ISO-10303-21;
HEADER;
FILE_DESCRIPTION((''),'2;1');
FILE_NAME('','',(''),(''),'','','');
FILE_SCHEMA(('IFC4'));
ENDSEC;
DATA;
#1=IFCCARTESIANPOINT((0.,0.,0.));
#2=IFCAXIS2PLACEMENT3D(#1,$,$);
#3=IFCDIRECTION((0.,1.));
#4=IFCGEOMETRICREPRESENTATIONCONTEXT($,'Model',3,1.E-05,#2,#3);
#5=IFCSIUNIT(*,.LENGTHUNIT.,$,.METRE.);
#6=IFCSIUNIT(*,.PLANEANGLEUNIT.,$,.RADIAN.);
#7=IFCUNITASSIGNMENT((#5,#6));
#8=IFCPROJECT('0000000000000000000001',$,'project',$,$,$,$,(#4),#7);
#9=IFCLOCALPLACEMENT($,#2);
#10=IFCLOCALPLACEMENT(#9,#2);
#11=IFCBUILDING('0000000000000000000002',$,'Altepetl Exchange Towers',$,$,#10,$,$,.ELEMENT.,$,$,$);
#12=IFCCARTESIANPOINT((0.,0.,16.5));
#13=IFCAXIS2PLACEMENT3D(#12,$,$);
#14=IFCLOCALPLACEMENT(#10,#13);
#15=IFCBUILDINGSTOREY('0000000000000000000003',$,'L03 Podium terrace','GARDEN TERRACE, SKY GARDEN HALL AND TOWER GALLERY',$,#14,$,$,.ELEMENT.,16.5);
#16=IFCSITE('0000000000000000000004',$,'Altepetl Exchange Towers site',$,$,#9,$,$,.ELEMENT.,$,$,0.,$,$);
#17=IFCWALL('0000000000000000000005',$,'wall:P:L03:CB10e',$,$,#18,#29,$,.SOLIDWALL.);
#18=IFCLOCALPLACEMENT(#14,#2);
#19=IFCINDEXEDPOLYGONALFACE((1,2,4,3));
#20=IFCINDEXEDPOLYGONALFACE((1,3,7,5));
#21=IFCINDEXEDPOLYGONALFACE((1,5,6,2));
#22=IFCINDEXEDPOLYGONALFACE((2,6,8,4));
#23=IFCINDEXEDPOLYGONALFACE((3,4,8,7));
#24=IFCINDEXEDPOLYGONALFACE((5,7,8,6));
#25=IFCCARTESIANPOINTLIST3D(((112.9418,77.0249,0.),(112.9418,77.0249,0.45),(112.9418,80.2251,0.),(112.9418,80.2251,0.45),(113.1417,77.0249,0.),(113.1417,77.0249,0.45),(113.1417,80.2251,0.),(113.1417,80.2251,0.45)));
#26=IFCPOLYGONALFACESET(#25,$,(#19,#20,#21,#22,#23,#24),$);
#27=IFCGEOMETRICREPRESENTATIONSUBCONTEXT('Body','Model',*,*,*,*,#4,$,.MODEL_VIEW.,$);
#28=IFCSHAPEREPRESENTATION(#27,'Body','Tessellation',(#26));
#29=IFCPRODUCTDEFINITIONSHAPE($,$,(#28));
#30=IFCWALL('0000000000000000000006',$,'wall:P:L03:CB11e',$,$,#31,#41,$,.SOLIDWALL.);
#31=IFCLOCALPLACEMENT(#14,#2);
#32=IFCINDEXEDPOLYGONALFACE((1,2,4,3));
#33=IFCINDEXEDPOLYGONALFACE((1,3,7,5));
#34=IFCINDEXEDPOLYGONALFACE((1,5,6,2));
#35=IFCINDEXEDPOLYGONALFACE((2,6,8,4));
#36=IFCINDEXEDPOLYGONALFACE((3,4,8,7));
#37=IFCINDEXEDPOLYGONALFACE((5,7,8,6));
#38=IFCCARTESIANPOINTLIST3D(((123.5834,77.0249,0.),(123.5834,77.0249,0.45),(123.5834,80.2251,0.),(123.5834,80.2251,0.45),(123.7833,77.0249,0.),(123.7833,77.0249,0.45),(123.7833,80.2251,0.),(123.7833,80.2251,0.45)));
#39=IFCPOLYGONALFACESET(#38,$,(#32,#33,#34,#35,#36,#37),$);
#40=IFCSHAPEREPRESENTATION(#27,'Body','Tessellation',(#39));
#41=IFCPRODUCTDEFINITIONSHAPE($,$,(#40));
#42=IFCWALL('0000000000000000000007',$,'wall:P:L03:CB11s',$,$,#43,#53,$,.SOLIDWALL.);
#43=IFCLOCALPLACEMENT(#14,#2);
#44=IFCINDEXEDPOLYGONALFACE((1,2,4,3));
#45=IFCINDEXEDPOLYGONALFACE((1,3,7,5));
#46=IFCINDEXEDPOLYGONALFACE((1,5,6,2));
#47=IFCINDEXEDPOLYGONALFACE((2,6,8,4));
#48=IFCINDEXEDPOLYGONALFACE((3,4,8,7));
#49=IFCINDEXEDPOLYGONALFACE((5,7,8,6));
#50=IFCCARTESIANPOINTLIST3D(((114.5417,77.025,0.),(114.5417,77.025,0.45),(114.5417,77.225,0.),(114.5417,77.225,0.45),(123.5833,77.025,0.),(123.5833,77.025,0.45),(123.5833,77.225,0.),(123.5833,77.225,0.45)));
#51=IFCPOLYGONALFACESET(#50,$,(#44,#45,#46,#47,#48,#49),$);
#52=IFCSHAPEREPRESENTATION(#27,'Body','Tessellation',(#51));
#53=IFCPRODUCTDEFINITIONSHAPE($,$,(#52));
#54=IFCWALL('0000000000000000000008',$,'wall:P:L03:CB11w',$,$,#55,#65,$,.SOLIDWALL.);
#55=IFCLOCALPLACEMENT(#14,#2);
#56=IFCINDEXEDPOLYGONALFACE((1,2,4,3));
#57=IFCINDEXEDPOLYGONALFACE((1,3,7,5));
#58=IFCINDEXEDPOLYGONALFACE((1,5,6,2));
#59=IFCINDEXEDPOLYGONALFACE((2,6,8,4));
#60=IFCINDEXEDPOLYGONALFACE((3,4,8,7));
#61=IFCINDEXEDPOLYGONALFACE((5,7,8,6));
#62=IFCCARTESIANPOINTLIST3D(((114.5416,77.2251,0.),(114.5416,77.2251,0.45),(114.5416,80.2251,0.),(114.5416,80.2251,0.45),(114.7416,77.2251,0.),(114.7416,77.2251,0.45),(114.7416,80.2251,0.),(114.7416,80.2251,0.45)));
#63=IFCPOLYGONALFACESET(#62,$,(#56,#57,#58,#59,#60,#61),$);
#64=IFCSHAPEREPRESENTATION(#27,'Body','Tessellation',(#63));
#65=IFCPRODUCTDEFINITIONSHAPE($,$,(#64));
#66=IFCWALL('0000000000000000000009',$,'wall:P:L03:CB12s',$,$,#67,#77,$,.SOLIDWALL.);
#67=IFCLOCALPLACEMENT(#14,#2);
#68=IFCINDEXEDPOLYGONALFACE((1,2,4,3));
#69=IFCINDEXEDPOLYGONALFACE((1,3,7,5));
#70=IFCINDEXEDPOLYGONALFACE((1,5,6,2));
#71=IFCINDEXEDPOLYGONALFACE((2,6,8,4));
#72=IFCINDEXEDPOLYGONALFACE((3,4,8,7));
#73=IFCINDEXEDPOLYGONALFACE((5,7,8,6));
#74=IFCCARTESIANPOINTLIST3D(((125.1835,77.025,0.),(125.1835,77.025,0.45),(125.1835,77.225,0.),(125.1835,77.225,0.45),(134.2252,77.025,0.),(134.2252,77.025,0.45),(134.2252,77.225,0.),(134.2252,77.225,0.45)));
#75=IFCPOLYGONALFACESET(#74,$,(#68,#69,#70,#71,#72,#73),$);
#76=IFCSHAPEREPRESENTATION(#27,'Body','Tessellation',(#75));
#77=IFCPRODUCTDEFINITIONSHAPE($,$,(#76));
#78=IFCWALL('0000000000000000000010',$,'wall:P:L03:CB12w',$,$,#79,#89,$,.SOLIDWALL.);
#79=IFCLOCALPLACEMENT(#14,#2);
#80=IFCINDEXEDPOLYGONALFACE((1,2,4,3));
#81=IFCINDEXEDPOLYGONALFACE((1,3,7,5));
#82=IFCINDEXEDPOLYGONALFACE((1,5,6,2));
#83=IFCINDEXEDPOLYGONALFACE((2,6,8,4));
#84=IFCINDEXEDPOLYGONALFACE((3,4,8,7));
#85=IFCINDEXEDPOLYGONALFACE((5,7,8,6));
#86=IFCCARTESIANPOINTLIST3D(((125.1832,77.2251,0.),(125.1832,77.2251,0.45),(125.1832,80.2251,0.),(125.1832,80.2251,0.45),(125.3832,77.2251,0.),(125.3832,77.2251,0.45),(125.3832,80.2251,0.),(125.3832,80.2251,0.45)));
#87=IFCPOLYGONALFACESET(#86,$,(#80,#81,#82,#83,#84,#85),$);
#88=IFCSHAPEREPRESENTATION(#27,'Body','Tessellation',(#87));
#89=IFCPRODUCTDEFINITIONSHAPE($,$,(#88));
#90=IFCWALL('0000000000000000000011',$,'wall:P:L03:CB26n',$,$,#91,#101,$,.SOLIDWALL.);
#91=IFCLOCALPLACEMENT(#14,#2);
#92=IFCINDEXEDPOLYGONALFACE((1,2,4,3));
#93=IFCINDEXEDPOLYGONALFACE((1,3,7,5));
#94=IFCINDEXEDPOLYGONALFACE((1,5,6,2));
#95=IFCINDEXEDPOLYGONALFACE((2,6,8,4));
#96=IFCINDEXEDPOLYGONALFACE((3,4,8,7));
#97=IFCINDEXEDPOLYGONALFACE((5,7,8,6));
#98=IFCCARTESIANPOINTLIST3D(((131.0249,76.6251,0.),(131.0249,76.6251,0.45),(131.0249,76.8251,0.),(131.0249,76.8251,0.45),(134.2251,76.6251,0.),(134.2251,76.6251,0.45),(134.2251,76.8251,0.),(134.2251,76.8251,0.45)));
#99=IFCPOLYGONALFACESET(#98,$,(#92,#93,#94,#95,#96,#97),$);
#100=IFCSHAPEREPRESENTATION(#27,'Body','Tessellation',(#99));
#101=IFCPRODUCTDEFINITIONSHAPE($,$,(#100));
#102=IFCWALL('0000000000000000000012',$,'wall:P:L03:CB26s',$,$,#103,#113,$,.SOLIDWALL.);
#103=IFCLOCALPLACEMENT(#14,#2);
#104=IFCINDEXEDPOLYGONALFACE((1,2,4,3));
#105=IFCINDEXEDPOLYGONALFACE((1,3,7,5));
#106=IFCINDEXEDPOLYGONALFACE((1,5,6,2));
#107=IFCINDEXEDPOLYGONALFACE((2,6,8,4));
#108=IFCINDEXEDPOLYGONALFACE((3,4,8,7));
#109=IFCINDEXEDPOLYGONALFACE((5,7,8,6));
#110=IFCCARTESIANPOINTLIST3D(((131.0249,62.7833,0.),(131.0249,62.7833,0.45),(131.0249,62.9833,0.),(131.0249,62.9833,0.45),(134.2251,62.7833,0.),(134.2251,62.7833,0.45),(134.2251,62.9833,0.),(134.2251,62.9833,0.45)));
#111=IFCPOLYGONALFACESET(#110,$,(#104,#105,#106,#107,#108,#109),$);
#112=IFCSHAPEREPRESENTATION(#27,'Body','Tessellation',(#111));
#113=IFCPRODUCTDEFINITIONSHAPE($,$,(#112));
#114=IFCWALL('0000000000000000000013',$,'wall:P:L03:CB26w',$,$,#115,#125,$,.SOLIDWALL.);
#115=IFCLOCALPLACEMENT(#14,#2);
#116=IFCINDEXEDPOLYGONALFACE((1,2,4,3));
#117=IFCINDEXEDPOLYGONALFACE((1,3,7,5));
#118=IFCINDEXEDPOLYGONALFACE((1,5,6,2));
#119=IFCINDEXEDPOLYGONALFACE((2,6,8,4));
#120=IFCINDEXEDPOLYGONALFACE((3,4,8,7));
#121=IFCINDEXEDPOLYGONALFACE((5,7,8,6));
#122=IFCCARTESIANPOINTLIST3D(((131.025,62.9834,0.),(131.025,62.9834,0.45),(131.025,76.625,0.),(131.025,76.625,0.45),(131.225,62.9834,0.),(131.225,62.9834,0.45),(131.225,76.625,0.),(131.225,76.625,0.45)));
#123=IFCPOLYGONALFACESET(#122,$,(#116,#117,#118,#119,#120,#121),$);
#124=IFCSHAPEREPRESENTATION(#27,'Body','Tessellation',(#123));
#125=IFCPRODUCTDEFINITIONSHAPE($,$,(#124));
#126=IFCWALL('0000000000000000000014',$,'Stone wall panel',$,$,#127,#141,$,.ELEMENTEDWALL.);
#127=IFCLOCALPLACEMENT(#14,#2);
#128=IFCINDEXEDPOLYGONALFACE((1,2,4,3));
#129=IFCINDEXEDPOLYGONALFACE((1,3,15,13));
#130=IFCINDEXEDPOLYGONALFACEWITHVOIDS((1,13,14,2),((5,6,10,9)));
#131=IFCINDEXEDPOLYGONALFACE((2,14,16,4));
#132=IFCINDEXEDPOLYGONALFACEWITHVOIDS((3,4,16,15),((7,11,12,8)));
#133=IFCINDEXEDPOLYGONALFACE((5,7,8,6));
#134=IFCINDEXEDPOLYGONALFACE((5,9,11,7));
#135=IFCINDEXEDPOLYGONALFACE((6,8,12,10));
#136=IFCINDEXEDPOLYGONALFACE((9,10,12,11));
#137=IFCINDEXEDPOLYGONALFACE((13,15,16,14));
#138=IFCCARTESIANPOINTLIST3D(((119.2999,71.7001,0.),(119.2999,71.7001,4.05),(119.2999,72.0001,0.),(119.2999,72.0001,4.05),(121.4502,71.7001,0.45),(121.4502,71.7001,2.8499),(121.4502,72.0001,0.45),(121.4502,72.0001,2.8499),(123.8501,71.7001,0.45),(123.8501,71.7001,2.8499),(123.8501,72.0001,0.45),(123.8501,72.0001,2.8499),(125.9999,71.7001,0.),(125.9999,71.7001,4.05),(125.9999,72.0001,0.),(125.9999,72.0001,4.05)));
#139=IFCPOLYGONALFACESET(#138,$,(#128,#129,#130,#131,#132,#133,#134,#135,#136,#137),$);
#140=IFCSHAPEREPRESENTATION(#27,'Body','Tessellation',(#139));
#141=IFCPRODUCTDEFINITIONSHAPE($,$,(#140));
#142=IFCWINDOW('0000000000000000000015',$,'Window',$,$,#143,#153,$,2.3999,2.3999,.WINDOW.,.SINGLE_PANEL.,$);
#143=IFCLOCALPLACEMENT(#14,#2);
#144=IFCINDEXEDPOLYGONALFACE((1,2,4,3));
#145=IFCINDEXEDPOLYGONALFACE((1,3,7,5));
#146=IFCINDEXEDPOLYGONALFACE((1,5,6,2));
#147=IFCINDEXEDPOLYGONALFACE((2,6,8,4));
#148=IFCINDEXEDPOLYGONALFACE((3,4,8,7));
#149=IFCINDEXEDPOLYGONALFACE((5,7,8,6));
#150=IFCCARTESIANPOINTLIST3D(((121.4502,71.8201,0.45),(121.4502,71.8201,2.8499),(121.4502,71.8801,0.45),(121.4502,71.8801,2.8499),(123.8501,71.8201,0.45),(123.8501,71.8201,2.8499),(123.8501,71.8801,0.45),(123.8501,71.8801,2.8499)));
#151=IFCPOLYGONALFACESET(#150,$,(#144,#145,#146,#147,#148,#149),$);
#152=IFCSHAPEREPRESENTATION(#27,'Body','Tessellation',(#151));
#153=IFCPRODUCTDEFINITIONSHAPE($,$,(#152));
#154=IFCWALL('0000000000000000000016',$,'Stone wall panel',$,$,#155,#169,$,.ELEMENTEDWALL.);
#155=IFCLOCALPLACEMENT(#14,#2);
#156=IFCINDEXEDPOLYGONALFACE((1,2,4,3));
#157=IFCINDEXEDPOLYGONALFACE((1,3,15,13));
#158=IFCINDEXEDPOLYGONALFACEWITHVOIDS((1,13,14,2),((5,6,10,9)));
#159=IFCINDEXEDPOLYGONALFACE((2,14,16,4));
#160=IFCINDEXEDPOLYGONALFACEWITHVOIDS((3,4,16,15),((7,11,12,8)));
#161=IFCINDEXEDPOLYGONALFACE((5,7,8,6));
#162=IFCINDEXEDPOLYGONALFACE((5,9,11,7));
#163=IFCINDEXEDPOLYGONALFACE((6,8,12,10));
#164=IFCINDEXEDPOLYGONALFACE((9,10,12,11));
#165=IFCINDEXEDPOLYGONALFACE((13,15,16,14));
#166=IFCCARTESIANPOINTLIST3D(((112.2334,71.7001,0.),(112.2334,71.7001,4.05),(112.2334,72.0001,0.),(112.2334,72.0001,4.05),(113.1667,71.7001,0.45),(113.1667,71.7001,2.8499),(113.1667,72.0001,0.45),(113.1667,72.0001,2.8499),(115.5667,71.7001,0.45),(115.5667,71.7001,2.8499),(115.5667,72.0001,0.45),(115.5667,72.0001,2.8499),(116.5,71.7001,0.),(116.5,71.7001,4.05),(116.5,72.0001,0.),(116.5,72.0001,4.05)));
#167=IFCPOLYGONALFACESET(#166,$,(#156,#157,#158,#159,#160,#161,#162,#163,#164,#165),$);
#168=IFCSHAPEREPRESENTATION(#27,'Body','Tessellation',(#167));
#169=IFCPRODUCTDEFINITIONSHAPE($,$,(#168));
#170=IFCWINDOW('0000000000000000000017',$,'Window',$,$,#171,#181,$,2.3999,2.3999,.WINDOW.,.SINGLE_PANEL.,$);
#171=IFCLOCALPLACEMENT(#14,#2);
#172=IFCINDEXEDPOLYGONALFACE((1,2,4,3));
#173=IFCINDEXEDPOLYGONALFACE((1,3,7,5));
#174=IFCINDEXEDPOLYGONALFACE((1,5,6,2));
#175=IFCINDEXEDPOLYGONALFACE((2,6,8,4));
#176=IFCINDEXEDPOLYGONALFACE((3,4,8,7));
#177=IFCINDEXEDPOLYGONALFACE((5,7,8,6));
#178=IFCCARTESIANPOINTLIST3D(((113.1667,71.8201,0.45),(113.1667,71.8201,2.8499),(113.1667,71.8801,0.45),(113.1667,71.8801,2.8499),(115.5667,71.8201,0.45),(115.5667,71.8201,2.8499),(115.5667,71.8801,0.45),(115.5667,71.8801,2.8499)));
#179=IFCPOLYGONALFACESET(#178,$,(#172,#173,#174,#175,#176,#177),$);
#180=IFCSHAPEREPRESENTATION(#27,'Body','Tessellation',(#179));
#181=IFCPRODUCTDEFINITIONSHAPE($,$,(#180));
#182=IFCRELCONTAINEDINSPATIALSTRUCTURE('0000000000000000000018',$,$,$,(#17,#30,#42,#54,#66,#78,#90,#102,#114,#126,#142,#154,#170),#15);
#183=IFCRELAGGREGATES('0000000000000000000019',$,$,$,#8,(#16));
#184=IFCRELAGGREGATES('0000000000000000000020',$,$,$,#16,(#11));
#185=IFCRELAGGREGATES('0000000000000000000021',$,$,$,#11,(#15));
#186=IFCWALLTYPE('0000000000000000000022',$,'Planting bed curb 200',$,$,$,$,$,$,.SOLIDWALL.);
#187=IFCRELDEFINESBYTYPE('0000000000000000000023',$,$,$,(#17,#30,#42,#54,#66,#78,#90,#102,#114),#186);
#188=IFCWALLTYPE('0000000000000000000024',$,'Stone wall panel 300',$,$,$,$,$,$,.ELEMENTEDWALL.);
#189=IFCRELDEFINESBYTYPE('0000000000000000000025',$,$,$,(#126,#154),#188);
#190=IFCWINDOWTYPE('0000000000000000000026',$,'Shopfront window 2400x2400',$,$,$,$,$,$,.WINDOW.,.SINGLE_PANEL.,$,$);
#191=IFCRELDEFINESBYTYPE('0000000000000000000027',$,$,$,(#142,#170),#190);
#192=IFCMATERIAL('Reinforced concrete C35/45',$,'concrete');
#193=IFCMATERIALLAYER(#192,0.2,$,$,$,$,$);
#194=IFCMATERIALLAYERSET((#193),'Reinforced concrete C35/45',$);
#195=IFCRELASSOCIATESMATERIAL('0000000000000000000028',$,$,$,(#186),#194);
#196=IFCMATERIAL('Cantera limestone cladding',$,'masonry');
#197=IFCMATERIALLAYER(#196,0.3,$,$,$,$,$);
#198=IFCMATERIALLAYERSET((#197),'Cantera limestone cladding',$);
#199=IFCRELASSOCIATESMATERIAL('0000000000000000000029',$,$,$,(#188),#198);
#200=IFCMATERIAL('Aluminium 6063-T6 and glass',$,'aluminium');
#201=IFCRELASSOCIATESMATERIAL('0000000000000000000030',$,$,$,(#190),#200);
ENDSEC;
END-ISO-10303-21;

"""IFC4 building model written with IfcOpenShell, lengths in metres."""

from ifc_helpers import new_model, si_unit, direction, frame, frame_2d, origin, place, context, subcontext, project, spatial, rectangle, extrude, material, layer, layer_set, type_object, element, fill, save


model = new_model("IFC4")

# Units and contexts
model_context = context("Model", 3, precision=1e-05, world=origin(), true_north=direction((0.0, 1.0)))
body_context = subcontext(model_context, "Body", "Model", "MODEL_VIEW")
ifc_project = project(units=[si_unit("LENGTHUNIT", "METRE"), si_unit("PLANEANGLEUNIT", "RADIAN")], contexts=[model_context])

# Site, building, storey
site_placement = place(None, origin())
site = spatial("IfcSite", under=ifc_project, at=site_placement, Name="Altepetl Exchange Towers site", CompositionType="ELEMENT", RefElevation=0.0)
building_placement = place(site_placement, origin())
building = spatial("IfcBuilding", under=site, at=building_placement, Name="Altepetl Exchange Towers", CompositionType="ELEMENT")
storey_placement = place(building_placement, frame((0.0, 0.0, 16.5)))
storey = spatial("IfcBuildingStorey", under=building, at=storey_placement, Name="L03 Podium terrace", Description="GARDEN TERRACE, SKY GARDEN HALL AND TOWER GALLERY", CompositionType="ELEMENT", Elevation=16.5)

# Shared definitions
ifc_material_1 = material(Name="Aluminium 6063-T6 and glass", Category="aluminium")

# Walls
ifc_material_2 = material(Name="Reinforced concrete C35/45", Category="concrete")
ifc_layer_1 = layer(ifc_material_2, 0.2)
ifc_layer_set_1 = layer_set([ifc_layer_1], Name="Reinforced concrete C35/45")
wall_type_1 = type_object("IfcWallType", Name="Planting bed curb 200", PredefinedType="SOLIDWALL", material=ifc_layer_set_1)
for number, where, z_axis, x_axis, name in (
    (1, (113.0417, 77.0249, 0.0), (0.0, 0.0, 1.0), (0.0, 1.0, 0.0), "wall:P:L03:CB10e"),
    (2, (123.6833, 77.0249, 0.0), (0.0, 0.0, 1.0), (0.0, 1.0, 0.0), "wall:P:L03:CB11e"),
):
    element("IfcWall", number, at=place(storey_placement, frame(where, z_axis=z_axis, x_axis=x_axis)), inside=storey, type_object=wall_type_1, Name=name, PredefinedType="SOLIDWALL", context=body_context, shape_type="SweptSolid", body=[
        extrude(rectangle(XDim=3.2002, YDim=0.2, at=frame_2d((1.6001, 0.0))), origin(), (0.0, 0.0, 1.0), 0.45),
    ])
wall_1_placement = place(storey_placement, frame((114.5417, 77.125, 0.0)))
element("IfcWall", 3, at=wall_1_placement, inside=storey, type_object=wall_type_1, Name="wall:P:L03:CB11s", PredefinedType="SOLIDWALL", context=body_context, shape_type="SweptSolid", body=[
    extrude(rectangle(XDim=9.0415, YDim=0.2, at=frame_2d((4.5208, 0.0))), origin(), (0.0, 0.0, 1.0), 0.45),
])
wall_2_placement = place(storey_placement, frame((114.6416, 77.2251, 0.0), z_axis=(0.0, 0.0, 1.0), x_axis=(0.0, 1.0, 0.0)))
element("IfcWall", 4, at=wall_2_placement, inside=storey, type_object=wall_type_1, Name="wall:P:L03:CB11w", PredefinedType="SOLIDWALL", context=body_context, shape_type="SweptSolid", body=[
    extrude(rectangle(XDim=3.0, YDim=0.2, at=frame_2d((1.5, 0.0))), origin(), (0.0, 0.0, 1.0), 0.45),
])
wall_3_placement = place(storey_placement, frame((125.1833, 77.125, 0.0)))
element("IfcWall", 5, at=wall_3_placement, inside=storey, type_object=wall_type_1, Name="wall:P:L03:CB12s", PredefinedType="SOLIDWALL", context=body_context, shape_type="SweptSolid", body=[
    extrude(rectangle(XDim=9.0417, YDim=0.2, at=frame_2d((4.521, 0.0))), origin(), (0.0, 0.0, 1.0), 0.45),
])
wall_4_placement = place(storey_placement, frame((125.2832, 77.2251, 0.0), z_axis=(0.0, 0.0, 1.0), x_axis=(0.0, 1.0, 0.0)))
element("IfcWall", 6, at=wall_4_placement, inside=storey, type_object=wall_type_1, Name="wall:P:L03:CB12w", PredefinedType="SOLIDWALL", context=body_context, shape_type="SweptSolid", body=[
    extrude(rectangle(XDim=3.0, YDim=0.2, at=frame_2d((1.5, 0.0))), origin(), (0.0, 0.0, 1.0), 0.45),
])
for number, where, name in (
    (7, (131.0249, 76.7251, 0.0), "wall:P:L03:CB26n"),
    (8, (131.0249, 62.8833, 0.0), "wall:P:L03:CB26s"),
):
    element("IfcWall", number, at=place(storey_placement, frame(where)), inside=storey, type_object=wall_type_1, Name=name, PredefinedType="SOLIDWALL", context=body_context, shape_type="SweptSolid", body=[
        extrude(rectangle(XDim=3.2002, YDim=0.2, at=frame_2d((1.6001, 0.0))), origin(), (0.0, 0.0, 1.0), 0.45),
    ])
wall_5_placement = place(storey_placement, frame((131.125, 62.9834, 0.0), z_axis=(0.0, 0.0, 1.0), x_axis=(0.0, 1.0, 0.0)))
element("IfcWall", 9, at=wall_5_placement, inside=storey, type_object=wall_type_1, Name="wall:P:L03:CB26w", PredefinedType="SOLIDWALL", context=body_context, shape_type="SweptSolid", body=[
    extrude(rectangle(XDim=13.6416, YDim=0.2, at=frame_2d((6.8208, 0.0))), origin(), (0.0, 0.0, 1.0), 0.45),
])

# Walls, openings, windows
ifc_material_3 = material(Name="Cantera limestone cladding", Category="masonry")
ifc_layer_2 = layer(ifc_material_3, 0.3)
ifc_layer_set_2 = layer_set([ifc_layer_2], Name="Cantera limestone cladding")
wall_type_2 = type_object("IfcWallType", Name="Stone wall panel 300", PredefinedType="ELEMENTEDWALL", material=ifc_layer_set_2)
wall_6_placement = place(storey_placement, frame((126.0, 71.8501, 0.0), z_axis=(0.0, 0.0, 1.0), x_axis=(-1.0, 0.0, 0.0)))
wall_6 = element("IfcWall", 10, at=wall_6_placement, inside=storey, type_object=wall_type_2, Name="Stone wall panel", PredefinedType="ELEMENTEDWALL", context=body_context, shape_type="SweptSolid", body=[
    extrude(rectangle(XDim=6.7, YDim=0.3, at=frame_2d((3.3501, 0.0))), origin(), (0.0, 0.0, 1.0), 4.05),
])
opening_1_placement = place(wall_6_placement, frame((2.1499, 0.0, 0.45)))
opening_1 = element("IfcOpeningElement", 11, at=opening_1_placement, cuts=wall_6, PredefinedType="OPENING", context=body_context, shape_type="SweptSolid", body=[
    extrude(rectangle(XDim=2.3999, YDim=2.3999, at=frame_2d((1.2, 1.2))), frame((0.0, 0.1602, 0.0), z_axis=(0.0, -1.0, 0.0), x_axis=(1.0, 0.0, 0.0)), (0.0, 0.0, 1.0), 0.3201),
])
window_type = type_object("IfcWindowType", Name="Shopfront window 2400x2400", PartitioningType="SINGLE_PANEL", PredefinedType="WINDOW", material=ifc_material_1)
window_1_placement = place(opening_1_placement, origin())
window_1 = element("IfcWindow", 12, at=window_1_placement, inside=storey, type_object=window_type, Name="Window", OverallHeight=2.3999, OverallWidth=2.3999, PartitioningType="SINGLE_PANEL", PredefinedType="WINDOW", context=body_context, shape_type="SweptSolid", body=[
    extrude(rectangle(XDim=2.3999, YDim=2.3999, at=frame_2d((1.2, 1.2))), frame((0.0, 0.03, 0.0), z_axis=(0.0, -1.0, 0.0), x_axis=(1.0, 0.0, 0.0)), (0.0, 0.0, 1.0), 0.0601),
])
fill(opening_1, window_1)
wall_7_placement = place(storey_placement, frame((116.5, 71.8501, 0.0), z_axis=(0.0, 0.0, 1.0), x_axis=(-1.0, 0.0, 0.0)))
wall_7 = element("IfcWall", 13, at=wall_7_placement, inside=storey, type_object=wall_type_2, Name="Stone wall panel", PredefinedType="ELEMENTEDWALL", context=body_context, shape_type="SweptSolid", body=[
    extrude(rectangle(XDim=4.2666, YDim=0.3, at=frame_2d((2.1333, 0.0))), origin(), (0.0, 0.0, 1.0), 4.05),
])
opening_2_placement = place(wall_7_placement, frame((0.9333, 0.0, 0.45)))
opening_2 = element("IfcOpeningElement", 14, at=opening_2_placement, cuts=wall_7, PredefinedType="OPENING", context=body_context, shape_type="SweptSolid", body=[
    extrude(rectangle(XDim=2.3999, YDim=2.3999, at=frame_2d((1.2, 1.2))), frame((0.0, 0.1602, 0.0), z_axis=(0.0, -1.0, 0.0), x_axis=(1.0, 0.0, 0.0)), (0.0, 0.0, 1.0), 0.3201),
])
window_2_placement = place(opening_2_placement, origin())
window_2 = element("IfcWindow", 15, at=window_2_placement, inside=storey, type_object=window_type, Name="Window", OverallHeight=2.3999, OverallWidth=2.3999, PartitioningType="SINGLE_PANEL", PredefinedType="WINDOW", context=body_context, shape_type="SweptSolid", body=[
    extrude(rectangle(XDim=2.3999, YDim=2.3999, at=frame_2d((1.2, 1.2))), frame((0.0, 0.03, 0.0), z_axis=(0.0, -1.0, 0.0), x_axis=(1.0, 0.0, 0.0)), (0.0, 0.0, 1.0), 0.0601),
])
fill(opening_2, window_2)

save(model, "model.ifc")
